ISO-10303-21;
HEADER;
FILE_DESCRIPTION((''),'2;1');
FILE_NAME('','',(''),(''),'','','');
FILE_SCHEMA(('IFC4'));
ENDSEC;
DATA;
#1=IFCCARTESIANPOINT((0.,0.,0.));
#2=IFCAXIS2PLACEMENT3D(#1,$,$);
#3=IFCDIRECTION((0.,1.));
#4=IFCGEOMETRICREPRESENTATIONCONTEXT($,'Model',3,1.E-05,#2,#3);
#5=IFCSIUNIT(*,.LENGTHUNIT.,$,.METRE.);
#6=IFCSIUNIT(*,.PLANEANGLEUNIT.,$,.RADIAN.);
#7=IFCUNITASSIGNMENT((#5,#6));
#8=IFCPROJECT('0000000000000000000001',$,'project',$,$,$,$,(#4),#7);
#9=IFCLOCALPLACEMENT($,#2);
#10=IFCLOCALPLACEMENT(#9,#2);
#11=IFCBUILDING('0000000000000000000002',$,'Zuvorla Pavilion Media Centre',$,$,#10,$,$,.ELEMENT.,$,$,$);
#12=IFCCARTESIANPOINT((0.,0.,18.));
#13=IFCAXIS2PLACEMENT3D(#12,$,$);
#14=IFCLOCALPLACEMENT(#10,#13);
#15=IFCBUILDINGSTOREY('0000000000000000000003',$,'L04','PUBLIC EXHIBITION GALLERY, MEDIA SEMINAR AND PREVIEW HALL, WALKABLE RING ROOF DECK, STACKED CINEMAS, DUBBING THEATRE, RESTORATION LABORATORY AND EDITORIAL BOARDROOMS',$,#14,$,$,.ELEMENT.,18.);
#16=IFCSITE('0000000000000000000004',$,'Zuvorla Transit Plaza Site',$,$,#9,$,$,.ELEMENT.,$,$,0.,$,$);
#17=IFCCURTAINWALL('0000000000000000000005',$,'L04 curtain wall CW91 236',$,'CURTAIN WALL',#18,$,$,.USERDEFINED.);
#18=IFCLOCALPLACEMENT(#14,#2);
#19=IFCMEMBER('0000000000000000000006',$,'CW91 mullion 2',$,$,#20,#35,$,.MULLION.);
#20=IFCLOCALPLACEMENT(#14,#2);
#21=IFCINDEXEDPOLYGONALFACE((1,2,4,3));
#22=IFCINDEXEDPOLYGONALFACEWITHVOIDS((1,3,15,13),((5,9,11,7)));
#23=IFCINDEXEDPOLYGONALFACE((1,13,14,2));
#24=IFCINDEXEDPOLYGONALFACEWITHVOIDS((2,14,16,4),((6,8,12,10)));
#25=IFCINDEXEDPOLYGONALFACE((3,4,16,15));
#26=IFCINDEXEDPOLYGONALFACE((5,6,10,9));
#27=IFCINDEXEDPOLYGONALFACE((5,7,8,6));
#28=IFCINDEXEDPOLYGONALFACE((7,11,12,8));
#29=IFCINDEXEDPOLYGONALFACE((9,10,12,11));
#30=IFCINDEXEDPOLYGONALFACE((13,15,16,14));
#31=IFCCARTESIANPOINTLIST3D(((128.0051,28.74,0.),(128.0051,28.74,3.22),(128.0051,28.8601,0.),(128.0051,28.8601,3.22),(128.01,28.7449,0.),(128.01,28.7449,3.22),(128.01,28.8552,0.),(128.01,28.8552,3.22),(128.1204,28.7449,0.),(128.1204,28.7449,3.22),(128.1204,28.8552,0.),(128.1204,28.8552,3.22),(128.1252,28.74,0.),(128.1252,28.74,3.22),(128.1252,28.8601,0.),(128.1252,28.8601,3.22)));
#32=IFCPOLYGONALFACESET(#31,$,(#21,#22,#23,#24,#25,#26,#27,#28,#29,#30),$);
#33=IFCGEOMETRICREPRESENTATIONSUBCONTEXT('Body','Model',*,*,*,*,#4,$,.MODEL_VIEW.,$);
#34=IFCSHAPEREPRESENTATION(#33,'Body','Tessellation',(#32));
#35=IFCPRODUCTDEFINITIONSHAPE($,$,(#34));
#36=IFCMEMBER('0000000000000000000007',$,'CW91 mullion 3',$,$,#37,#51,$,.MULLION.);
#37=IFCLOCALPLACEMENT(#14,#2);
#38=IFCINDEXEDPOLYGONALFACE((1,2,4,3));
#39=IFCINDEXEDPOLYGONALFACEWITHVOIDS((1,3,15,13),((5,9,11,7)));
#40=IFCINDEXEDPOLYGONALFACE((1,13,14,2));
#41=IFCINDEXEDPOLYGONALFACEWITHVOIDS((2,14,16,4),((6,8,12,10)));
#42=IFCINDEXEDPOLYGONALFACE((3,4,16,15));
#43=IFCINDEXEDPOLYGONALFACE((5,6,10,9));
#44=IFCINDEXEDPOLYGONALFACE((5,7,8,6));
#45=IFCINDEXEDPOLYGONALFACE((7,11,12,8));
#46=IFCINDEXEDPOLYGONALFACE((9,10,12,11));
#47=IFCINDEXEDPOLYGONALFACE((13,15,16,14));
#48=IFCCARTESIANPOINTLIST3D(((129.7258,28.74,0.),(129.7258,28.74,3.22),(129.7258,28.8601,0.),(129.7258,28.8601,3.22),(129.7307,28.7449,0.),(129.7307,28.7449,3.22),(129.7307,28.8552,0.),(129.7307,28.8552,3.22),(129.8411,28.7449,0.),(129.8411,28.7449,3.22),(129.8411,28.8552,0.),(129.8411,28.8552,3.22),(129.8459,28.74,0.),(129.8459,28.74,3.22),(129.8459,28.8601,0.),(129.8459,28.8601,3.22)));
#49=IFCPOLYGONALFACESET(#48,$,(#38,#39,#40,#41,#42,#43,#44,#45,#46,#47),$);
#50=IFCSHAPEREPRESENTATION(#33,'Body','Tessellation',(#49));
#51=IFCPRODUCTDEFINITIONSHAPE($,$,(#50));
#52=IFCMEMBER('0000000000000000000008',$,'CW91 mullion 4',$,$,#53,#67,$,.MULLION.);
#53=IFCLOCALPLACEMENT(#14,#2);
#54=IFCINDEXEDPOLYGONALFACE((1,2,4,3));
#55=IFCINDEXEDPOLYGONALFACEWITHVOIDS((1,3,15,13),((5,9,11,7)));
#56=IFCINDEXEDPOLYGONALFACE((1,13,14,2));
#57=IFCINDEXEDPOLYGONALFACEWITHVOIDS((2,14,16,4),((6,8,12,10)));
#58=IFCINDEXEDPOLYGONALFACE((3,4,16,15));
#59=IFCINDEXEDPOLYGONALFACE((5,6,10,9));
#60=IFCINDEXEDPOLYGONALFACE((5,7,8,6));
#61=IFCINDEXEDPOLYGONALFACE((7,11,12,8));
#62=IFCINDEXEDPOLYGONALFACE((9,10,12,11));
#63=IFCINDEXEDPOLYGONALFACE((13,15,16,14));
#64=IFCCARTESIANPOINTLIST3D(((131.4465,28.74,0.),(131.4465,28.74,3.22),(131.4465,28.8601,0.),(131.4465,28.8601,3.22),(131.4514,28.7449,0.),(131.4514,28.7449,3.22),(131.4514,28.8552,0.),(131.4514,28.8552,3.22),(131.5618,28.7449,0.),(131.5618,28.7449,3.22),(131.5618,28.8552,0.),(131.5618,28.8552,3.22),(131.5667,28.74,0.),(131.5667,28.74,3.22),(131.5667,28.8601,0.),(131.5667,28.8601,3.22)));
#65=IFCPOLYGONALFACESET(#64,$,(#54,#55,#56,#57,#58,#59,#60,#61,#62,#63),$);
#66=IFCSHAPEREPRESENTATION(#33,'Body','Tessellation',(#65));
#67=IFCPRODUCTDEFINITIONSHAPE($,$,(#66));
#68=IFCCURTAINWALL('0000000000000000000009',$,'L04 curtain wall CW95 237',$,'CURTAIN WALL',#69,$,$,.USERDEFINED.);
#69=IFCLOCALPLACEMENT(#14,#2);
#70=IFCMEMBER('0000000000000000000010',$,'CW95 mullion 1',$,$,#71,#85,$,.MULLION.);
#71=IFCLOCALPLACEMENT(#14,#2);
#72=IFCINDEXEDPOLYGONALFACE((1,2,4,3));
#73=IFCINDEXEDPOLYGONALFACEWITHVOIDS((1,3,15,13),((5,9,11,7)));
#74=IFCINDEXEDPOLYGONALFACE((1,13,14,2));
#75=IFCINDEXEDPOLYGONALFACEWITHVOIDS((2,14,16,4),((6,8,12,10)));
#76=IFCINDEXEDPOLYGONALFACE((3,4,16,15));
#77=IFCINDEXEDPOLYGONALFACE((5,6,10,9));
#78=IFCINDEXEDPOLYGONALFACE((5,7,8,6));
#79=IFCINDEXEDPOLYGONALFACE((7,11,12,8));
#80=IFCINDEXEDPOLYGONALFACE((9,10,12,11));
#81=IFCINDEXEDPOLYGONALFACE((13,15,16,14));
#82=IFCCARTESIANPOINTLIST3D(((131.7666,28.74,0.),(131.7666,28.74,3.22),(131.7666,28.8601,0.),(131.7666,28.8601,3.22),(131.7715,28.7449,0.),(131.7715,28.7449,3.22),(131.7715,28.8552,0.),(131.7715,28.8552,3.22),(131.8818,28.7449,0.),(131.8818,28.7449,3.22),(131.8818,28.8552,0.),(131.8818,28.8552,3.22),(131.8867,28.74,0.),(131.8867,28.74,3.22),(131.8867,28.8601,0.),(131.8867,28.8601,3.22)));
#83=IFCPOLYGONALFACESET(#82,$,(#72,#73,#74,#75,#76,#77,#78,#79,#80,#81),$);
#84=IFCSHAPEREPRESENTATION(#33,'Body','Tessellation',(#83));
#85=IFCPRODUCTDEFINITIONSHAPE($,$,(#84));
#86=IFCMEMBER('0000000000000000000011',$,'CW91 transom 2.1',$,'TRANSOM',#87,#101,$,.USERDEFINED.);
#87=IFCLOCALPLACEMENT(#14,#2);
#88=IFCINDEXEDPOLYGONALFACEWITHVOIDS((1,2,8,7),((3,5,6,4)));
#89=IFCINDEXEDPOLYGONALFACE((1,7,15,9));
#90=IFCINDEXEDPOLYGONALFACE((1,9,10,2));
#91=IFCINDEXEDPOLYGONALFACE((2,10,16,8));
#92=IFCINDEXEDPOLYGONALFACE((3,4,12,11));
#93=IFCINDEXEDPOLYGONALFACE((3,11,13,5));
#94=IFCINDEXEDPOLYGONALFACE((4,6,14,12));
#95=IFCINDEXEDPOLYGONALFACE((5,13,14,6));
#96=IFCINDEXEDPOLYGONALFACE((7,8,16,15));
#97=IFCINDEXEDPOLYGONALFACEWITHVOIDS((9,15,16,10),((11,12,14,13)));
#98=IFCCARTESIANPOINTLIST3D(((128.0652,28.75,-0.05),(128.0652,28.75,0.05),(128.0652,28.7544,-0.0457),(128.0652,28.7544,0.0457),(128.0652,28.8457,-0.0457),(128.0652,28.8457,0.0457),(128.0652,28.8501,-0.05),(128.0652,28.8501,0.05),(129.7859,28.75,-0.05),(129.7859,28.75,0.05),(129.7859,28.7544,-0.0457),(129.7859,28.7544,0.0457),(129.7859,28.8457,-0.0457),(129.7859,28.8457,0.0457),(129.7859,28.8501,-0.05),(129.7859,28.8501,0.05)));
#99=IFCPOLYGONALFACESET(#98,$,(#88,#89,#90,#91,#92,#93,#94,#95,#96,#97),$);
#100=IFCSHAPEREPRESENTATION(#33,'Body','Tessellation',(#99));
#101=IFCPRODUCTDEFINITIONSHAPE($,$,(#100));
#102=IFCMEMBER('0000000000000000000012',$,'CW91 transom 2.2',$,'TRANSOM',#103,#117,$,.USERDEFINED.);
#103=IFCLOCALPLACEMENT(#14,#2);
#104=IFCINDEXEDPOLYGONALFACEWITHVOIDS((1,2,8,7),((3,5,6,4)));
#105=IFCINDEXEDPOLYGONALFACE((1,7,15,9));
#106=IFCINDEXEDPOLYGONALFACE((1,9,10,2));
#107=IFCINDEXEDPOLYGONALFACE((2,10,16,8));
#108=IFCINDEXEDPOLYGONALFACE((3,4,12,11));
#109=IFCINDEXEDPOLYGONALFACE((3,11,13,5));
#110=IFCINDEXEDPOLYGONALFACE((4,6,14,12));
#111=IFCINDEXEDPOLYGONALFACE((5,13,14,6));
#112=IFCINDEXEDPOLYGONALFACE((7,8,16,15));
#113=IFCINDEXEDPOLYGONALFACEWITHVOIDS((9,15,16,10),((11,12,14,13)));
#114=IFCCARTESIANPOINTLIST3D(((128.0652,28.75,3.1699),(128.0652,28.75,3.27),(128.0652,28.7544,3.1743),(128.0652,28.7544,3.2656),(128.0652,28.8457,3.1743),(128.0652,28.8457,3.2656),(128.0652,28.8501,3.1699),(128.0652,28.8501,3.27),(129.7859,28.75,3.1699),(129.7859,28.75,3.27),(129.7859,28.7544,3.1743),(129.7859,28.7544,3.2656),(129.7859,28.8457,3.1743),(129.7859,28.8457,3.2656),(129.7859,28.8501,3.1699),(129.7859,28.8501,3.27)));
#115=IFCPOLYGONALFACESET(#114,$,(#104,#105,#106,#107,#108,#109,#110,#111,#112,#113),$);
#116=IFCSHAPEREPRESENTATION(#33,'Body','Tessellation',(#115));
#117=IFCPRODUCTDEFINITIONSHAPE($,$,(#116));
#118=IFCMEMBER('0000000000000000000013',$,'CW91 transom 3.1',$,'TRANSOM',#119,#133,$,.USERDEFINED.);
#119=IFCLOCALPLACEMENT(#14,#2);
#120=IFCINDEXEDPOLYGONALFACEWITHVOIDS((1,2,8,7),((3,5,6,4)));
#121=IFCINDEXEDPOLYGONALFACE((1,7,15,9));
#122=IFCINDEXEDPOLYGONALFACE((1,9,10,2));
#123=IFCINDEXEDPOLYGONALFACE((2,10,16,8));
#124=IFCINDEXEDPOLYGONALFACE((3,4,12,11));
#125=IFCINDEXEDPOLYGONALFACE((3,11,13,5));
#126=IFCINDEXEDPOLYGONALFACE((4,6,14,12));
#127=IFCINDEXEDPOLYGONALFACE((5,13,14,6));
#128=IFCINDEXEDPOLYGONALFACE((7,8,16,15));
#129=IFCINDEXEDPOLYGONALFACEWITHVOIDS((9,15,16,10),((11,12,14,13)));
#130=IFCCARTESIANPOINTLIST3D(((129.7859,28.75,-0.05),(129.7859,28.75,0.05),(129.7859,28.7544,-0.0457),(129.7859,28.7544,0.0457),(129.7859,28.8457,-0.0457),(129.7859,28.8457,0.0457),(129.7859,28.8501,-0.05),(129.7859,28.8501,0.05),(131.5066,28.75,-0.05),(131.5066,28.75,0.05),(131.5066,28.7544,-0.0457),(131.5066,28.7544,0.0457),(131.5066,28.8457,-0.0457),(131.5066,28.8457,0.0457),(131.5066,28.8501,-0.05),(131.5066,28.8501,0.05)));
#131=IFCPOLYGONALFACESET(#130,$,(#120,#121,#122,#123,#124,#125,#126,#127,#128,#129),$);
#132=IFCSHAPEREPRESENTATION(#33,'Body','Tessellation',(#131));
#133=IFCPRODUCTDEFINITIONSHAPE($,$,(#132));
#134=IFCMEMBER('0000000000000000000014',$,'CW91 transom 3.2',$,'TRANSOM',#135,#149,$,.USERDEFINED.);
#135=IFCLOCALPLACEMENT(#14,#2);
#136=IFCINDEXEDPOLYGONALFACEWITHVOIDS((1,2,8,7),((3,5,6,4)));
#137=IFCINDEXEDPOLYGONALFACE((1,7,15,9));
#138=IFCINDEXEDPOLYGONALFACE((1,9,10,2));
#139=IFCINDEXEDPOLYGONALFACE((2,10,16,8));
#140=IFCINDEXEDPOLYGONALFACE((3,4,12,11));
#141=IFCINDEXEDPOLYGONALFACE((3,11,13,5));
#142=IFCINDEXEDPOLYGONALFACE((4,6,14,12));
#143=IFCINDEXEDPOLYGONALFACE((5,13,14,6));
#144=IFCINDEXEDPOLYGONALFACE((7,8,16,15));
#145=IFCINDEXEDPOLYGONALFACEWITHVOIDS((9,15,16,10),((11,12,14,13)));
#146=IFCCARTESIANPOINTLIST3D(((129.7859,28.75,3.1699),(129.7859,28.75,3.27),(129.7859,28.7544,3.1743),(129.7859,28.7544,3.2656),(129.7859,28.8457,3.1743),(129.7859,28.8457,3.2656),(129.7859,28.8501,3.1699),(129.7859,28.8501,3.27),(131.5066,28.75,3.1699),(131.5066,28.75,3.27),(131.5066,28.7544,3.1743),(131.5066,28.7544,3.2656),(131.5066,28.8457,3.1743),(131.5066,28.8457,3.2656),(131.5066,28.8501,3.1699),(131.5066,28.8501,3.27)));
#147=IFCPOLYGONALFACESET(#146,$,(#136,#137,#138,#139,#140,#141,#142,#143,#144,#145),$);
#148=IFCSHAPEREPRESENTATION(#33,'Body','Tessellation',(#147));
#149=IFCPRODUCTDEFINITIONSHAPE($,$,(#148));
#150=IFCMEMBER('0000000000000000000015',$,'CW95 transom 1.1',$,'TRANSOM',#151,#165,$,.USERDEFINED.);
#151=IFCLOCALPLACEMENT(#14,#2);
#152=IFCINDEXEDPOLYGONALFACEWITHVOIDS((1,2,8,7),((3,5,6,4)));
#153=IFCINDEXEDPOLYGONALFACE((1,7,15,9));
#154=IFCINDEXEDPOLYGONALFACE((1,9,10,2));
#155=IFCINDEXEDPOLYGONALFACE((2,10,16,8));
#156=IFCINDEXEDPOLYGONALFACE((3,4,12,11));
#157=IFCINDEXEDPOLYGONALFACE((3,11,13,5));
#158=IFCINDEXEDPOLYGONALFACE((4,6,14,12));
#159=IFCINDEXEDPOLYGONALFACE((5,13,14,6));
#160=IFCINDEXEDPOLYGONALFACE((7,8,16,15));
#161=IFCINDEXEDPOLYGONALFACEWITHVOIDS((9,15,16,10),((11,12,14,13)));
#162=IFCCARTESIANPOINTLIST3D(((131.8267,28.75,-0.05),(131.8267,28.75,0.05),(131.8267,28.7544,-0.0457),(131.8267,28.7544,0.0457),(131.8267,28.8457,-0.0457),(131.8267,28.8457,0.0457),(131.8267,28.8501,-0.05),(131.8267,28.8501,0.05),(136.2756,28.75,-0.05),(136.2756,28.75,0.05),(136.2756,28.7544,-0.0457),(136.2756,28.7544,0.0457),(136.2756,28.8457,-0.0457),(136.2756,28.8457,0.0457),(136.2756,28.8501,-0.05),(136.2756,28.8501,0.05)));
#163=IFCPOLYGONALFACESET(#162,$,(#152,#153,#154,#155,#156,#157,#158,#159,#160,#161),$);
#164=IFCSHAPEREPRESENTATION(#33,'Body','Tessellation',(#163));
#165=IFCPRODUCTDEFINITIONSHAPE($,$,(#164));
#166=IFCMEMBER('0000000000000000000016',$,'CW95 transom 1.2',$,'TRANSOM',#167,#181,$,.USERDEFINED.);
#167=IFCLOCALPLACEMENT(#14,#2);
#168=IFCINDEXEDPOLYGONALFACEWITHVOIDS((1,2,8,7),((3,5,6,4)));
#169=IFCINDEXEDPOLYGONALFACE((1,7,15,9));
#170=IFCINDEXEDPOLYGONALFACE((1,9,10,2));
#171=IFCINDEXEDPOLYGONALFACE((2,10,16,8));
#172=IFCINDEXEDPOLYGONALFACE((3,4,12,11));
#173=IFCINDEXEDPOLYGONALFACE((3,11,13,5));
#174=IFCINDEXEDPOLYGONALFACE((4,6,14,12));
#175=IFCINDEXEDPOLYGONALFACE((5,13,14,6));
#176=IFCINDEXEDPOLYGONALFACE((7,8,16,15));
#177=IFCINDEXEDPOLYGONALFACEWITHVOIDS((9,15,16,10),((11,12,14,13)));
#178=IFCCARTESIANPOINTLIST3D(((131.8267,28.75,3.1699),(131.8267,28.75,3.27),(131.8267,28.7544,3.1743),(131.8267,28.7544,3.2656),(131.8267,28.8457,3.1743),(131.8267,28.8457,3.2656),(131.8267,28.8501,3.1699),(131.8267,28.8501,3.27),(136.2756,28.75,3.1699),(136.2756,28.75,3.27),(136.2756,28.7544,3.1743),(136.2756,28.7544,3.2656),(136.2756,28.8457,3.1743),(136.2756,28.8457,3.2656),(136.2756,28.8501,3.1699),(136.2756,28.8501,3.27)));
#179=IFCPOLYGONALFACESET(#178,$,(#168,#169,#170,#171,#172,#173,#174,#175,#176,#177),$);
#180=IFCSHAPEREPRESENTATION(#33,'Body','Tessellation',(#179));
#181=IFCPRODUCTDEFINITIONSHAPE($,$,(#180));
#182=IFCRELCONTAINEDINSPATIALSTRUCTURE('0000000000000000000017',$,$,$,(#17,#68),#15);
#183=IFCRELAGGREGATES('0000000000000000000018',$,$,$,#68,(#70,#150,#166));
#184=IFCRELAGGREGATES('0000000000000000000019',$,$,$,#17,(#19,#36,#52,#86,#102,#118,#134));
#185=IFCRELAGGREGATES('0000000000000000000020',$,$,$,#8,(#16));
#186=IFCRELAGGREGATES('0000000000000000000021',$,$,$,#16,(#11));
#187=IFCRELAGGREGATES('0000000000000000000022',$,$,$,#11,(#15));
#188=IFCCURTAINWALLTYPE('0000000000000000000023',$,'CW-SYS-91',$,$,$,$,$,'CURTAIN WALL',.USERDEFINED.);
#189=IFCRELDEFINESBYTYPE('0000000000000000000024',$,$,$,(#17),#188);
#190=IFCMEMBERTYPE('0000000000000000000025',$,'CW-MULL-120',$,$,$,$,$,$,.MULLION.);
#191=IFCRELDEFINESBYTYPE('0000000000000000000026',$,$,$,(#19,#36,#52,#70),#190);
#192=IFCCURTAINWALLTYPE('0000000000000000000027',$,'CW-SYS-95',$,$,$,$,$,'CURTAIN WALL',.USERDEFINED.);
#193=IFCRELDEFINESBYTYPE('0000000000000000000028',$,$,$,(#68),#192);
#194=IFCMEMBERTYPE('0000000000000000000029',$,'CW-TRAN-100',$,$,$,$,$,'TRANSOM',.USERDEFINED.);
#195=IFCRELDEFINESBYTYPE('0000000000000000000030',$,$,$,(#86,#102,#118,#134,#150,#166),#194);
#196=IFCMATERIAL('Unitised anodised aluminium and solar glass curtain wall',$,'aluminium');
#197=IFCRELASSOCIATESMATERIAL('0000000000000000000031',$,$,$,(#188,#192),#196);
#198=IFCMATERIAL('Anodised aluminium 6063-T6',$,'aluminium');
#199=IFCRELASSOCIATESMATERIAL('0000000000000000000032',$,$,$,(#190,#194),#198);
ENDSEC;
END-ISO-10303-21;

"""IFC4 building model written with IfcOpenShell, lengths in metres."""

from ifc_helpers import new_model, si_unit, direction, frame, origin, origin_2d, place, context, subcontext, project, spatial, hollow_rectangle, extrude, material, material_profile, profile_set, type_object, element, aggregate, save


model = new_model("IFC4")

# Units and contexts
model_context = context("Model", 3, precision=1e-05, world=origin(), true_north=direction((0.0, 1.0)))
body_context = subcontext(model_context, "Body", "Model", "MODEL_VIEW")
ifc_project = project(units=[si_unit("LENGTHUNIT", "METRE"), si_unit("PLANEANGLEUNIT", "RADIAN")], contexts=[model_context])

# Site, building, storey
site_placement = place(None, origin())
site = spatial("IfcSite", under=ifc_project, at=site_placement, Name="Zuvorla Transit Plaza Site", CompositionType="ELEMENT", RefElevation=0.0)
building_placement = place(site_placement, origin())
building = spatial("IfcBuilding", under=site, at=building_placement, Name="Zuvorla Pavilion Media Centre", CompositionType="ELEMENT")
storey_placement = place(building_placement, frame((0.0, 0.0, 18.0)))
storey = spatial("IfcBuildingStorey", under=building, at=storey_placement, Name="L04", Description="PUBLIC EXHIBITION GALLERY, MEDIA SEMINAR AND PREVIEW HALL, WALKABLE RING ROOF DECK, STACKED CINEMAS, DUBBING THEATRE, RESTORATION LABORATORY AND EDITORIAL BOARDROOMS", CompositionType="ELEMENT", Elevation=18.0)

# Curtain wall, members
ifc_material_1 = material(Name="Unitised anodised aluminium and solar glass curtain wall", Category="aluminium")
curtain_wall_type_1 = type_object("IfcCurtainWallType", Name="CW-SYS-91", ElementType="CURTAIN WALL", PredefinedType="USERDEFINED", material=ifc_material_1)
curtain_wall_1_placement = place(storey_placement, origin())
curtain_wall_1 = element("IfcCurtainWall", 1, at=curtain_wall_1_placement, inside=storey, type_object=curtain_wall_type_1, Name="L04 curtain wall CW91 236", ObjectType="CURTAIN WALL", PredefinedType="USERDEFINED")
ifc_material_2 = material(Name="Anodised aluminium 6063-T6", Category="aluminium")
ifc_material_profile_1 = material_profile(ifc_material_2, hollow_rectangle(XDim=0.1201, YDim=0.1201, WallThickness=0.0049, at=origin_2d()), Name="ALU MULL 120x120")
ifc_profile_set_1 = profile_set([ifc_material_profile_1], Name="Anodised aluminium 6063-T6")
member_type_1 = type_object("IfcMemberType", Name="CW-MULL-120", PredefinedType="MULLION", material=ifc_profile_set_1)
member_1_placement = place(storey_placement, frame((128.0652, 28.8, 0.0), z_axis=(0.0, 0.0, 1.0), x_axis=(1.0, 0.0, 0.0)))
member_1 = element("IfcMember", 2, at=member_1_placement, type_object=member_type_1, Name="CW91 mullion 2", PredefinedType="MULLION", context=body_context, shape_type="SweptSolid", body=[
    extrude(hollow_rectangle(XDim=0.1201, YDim=0.1201, WallThickness=0.0049, at=origin_2d()), origin(), (0.0, 0.0, 1.0), 3.22),
])
member_2_placement = place(storey_placement, frame((129.7859, 28.8, 0.0), z_axis=(0.0, 0.0, 1.0), x_axis=(1.0, 0.0, 0.0)))
member_2 = element("IfcMember", 3, at=member_2_placement, type_object=member_type_1, Name="CW91 mullion 3", PredefinedType="MULLION", context=body_context, shape_type="SweptSolid", body=[
    extrude(hollow_rectangle(XDim=0.1201, YDim=0.1201, WallThickness=0.0049, at=origin_2d()), origin(), (0.0, 0.0, 1.0), 3.22),
])
member_3_placement = place(storey_placement, frame((131.5066, 28.8, 0.0), z_axis=(0.0, 0.0, 1.0), x_axis=(1.0, 0.0, 0.0)))
member_3 = element("IfcMember", 4, at=member_3_placement, type_object=member_type_1, Name="CW91 mullion 4", PredefinedType="MULLION", context=body_context, shape_type="SweptSolid", body=[
    extrude(hollow_rectangle(XDim=0.1201, YDim=0.1201, WallThickness=0.0049, at=origin_2d()), origin(), (0.0, 0.0, 1.0), 3.22),
])

# Curtain wall, member
curtain_wall_type_2 = type_object("IfcCurtainWallType", Name="CW-SYS-95", ElementType="CURTAIN WALL", PredefinedType="USERDEFINED", material=ifc_material_1)
curtain_wall_2_placement = place(storey_placement, origin())
curtain_wall_2 = element("IfcCurtainWall", 5, at=curtain_wall_2_placement, inside=storey, type_object=curtain_wall_type_2, Name="L04 curtain wall CW95 237", ObjectType="CURTAIN WALL", PredefinedType="USERDEFINED")
member_4_placement = place(storey_placement, frame((131.8267, 28.8, 0.0), z_axis=(0.0, 0.0, 1.0), x_axis=(1.0, 0.0, 0.0)))
member_4 = element("IfcMember", 6, at=member_4_placement, type_object=member_type_1, Name="CW95 mullion 1", PredefinedType="MULLION", context=body_context, shape_type="SweptSolid", body=[
    extrude(hollow_rectangle(XDim=0.1201, YDim=0.1201, WallThickness=0.0049, at=origin_2d()), origin(), (0.0, 0.0, 1.0), 3.22),
])

# Members
ifc_material_profile_2 = material_profile(ifc_material_2, hollow_rectangle(XDim=0.1001, YDim=0.1001, WallThickness=0.0044, at=origin_2d()), Name="ALU TRAN 100x100")
ifc_profile_set_2 = profile_set([ifc_material_profile_2], Name="Anodised aluminium 6063-T6")
member_type_2 = type_object("IfcMemberType", Name="CW-TRAN-100", ElementType="TRANSOM", PredefinedType="USERDEFINED", material=ifc_profile_set_2)
member_5_placement = place(storey_placement, frame((128.0652, 28.8, 0.0), z_axis=(1.0, 0.0, 0.0), x_axis=(0.0, 1.0, 0.0)))
member_5 = element("IfcMember", 7, at=member_5_placement, type_object=member_type_2, Name="CW91 transom 2.1", ObjectType="TRANSOM", PredefinedType="USERDEFINED", context=body_context, shape_type="SweptSolid", body=[
    extrude(hollow_rectangle(XDim=0.1001, YDim=0.1001, WallThickness=0.0044, at=origin_2d()), origin(), (0.0, 0.0, 1.0), 1.7207),
])
member_6_placement = place(storey_placement, frame((128.0652, 28.8, 3.22), z_axis=(1.0, 0.0, 0.0), x_axis=(0.0, 1.0, 0.0)))
member_6 = element("IfcMember", 8, at=member_6_placement, type_object=member_type_2, Name="CW91 transom 2.2", ObjectType="TRANSOM", PredefinedType="USERDEFINED", context=body_context, shape_type="SweptSolid", body=[
    extrude(hollow_rectangle(XDim=0.1001, YDim=0.1001, WallThickness=0.0044, at=origin_2d()), origin(), (0.0, 0.0, 1.0), 1.7207),
])
member_7_placement = place(storey_placement, frame((129.7859, 28.8, 0.0), z_axis=(1.0, 0.0, 0.0), x_axis=(0.0, 1.0, 0.0)))
member_7 = element("IfcMember", 9, at=member_7_placement, type_object=member_type_2, Name="CW91 transom 3.1", ObjectType="TRANSOM", PredefinedType="USERDEFINED", context=body_context, shape_type="SweptSolid", body=[
    extrude(hollow_rectangle(XDim=0.1001, YDim=0.1001, WallThickness=0.0044, at=origin_2d()), origin(), (0.0, 0.0, 1.0), 1.7207),
])
member_8_placement = place(storey_placement, frame((129.7859, 28.8, 3.22), z_axis=(1.0, 0.0, 0.0), x_axis=(0.0, 1.0, 0.0)))
member_8 = element("IfcMember", 10, at=member_8_placement, type_object=member_type_2, Name="CW91 transom 3.2", ObjectType="TRANSOM", PredefinedType="USERDEFINED", context=body_context, shape_type="SweptSolid", body=[
    extrude(hollow_rectangle(XDim=0.1001, YDim=0.1001, WallThickness=0.0044, at=origin_2d()), origin(), (0.0, 0.0, 1.0), 1.7207),
])
member_9_placement = place(storey_placement, frame((131.8267, 28.8, 0.0), z_axis=(1.0, 0.0, 0.0), x_axis=(0.0, 1.0, 0.0)))
member_9 = element("IfcMember", 11, at=member_9_placement, type_object=member_type_2, Name="CW95 transom 1.1", ObjectType="TRANSOM", PredefinedType="USERDEFINED", context=body_context, shape_type="SweptSolid", body=[
    extrude(hollow_rectangle(XDim=0.1001, YDim=0.1001, WallThickness=0.0044, at=origin_2d()), origin(), (0.0, 0.0, 1.0), 4.449),
])
member_10_placement = place(storey_placement, frame((131.8267, 28.8, 3.22), z_axis=(1.0, 0.0, 0.0), x_axis=(0.0, 1.0, 0.0)))
member_10 = element("IfcMember", 12, at=member_10_placement, type_object=member_type_2, Name="CW95 transom 1.2", ObjectType="TRANSOM", PredefinedType="USERDEFINED", context=body_context, shape_type="SweptSolid", body=[
    extrude(hollow_rectangle(XDim=0.1001, YDim=0.1001, WallThickness=0.0044, at=origin_2d()), origin(), (0.0, 0.0, 1.0), 4.449),
])
aggregate(curtain_wall_2, [member_4, member_9, member_10])

aggregate(curtain_wall_1, [member_1, member_2, member_3, member_5, member_6, member_7, member_8])

save(model, "model.ifc")
